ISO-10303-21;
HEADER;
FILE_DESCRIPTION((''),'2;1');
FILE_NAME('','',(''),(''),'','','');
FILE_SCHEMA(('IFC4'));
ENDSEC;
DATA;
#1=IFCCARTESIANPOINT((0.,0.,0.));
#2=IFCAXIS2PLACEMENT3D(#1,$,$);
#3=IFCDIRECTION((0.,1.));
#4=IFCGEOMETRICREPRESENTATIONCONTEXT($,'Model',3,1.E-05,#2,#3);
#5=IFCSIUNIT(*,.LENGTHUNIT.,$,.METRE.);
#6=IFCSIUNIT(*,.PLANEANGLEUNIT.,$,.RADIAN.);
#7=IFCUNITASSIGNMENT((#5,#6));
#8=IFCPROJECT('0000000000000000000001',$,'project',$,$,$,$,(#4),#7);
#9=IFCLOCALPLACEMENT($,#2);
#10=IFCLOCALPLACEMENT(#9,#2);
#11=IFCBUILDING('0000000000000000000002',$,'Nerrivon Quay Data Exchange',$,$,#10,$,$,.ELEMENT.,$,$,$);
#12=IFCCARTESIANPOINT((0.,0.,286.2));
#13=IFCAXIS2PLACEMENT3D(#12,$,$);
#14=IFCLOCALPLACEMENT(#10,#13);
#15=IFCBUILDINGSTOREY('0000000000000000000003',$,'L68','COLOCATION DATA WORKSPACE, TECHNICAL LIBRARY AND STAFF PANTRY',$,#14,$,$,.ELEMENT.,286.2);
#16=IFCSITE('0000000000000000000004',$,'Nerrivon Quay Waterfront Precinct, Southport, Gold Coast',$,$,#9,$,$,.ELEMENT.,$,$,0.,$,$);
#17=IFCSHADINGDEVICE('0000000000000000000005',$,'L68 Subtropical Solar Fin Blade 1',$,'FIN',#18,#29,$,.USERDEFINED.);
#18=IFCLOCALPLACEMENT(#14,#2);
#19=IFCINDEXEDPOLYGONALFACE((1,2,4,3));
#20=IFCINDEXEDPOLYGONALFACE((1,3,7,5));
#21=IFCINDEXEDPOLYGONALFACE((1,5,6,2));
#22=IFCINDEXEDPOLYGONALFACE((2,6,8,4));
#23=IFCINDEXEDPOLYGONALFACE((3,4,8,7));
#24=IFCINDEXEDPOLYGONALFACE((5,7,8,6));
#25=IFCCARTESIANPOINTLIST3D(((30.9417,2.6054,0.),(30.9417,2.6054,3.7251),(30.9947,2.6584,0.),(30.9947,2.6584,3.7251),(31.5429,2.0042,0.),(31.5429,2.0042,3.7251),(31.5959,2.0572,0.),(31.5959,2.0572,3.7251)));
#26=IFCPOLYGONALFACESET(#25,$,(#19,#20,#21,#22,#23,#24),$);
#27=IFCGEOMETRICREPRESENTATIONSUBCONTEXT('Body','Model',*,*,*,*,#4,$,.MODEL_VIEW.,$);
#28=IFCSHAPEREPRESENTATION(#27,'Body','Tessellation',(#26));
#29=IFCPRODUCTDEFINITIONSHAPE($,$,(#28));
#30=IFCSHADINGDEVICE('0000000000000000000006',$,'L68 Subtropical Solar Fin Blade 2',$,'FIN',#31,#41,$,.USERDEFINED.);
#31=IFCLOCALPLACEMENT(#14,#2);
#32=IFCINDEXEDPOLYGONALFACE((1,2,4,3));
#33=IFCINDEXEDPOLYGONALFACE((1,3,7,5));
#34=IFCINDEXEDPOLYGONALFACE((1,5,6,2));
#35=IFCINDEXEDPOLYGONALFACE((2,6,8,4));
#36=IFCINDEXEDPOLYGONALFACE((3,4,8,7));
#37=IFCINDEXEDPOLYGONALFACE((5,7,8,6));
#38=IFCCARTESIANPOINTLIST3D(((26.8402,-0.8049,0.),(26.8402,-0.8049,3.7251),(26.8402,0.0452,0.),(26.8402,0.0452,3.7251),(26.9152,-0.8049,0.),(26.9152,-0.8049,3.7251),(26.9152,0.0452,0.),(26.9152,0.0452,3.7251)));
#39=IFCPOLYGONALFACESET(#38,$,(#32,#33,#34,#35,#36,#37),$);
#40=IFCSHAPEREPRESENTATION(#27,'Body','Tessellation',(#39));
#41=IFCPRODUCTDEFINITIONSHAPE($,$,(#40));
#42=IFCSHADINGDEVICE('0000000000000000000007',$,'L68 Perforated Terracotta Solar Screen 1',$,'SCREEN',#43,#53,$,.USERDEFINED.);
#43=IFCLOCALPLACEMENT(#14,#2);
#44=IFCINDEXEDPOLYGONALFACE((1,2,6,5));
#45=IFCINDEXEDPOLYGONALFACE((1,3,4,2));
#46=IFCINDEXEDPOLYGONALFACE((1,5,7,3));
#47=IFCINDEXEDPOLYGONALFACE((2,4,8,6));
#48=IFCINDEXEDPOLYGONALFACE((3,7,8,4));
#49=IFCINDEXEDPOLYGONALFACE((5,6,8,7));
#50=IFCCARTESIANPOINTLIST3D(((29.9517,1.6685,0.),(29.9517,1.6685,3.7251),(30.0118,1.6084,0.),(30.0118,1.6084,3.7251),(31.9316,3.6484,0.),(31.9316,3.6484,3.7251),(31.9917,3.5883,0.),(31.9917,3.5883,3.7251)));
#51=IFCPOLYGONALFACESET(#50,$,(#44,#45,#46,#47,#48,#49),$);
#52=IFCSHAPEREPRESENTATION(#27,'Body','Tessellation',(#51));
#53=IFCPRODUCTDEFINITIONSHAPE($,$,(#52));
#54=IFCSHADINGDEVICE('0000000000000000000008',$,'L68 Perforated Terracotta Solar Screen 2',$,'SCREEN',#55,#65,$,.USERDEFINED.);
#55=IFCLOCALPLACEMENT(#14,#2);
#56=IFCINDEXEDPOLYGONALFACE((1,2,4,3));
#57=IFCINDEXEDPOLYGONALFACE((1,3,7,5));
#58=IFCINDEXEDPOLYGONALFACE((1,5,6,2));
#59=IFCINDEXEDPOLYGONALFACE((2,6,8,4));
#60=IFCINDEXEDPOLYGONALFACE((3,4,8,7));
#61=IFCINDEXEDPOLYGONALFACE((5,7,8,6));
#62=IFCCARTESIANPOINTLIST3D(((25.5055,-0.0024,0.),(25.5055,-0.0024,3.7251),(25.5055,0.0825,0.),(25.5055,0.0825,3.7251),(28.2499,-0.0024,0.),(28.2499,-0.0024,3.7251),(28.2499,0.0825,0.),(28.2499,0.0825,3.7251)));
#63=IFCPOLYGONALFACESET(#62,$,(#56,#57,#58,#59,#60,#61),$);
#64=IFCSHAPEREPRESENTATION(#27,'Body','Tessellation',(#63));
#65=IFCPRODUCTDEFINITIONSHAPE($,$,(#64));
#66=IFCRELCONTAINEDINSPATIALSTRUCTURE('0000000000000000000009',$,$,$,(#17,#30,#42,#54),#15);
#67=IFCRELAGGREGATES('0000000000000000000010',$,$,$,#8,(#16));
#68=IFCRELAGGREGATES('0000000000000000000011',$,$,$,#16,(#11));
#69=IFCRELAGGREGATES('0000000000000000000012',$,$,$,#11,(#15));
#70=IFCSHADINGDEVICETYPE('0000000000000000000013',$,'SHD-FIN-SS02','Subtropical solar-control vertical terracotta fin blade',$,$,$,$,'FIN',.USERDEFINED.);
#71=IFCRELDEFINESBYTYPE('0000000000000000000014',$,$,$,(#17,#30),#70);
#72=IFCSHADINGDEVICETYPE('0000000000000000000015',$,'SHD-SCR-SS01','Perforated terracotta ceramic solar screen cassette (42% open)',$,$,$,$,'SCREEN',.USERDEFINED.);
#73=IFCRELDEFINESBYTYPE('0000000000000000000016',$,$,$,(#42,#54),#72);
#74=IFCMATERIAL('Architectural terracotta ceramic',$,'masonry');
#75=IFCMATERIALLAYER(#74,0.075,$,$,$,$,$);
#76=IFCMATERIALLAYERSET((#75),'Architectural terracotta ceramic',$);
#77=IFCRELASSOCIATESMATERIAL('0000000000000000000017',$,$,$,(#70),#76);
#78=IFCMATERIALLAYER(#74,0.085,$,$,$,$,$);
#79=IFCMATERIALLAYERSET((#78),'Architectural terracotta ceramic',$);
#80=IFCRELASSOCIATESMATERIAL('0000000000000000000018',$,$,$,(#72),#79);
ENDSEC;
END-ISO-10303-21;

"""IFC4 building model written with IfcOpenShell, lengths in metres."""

from ifc_helpers import new_model, si_unit, direction, frame, origin, origin_2d, place, context, subcontext, project, spatial, rectangle, extrude, material, layer, layer_set, type_object, element, save


model = new_model("IFC4")

# Units and contexts
model_context = context("Model", 3, precision=1e-05, world=origin(), true_north=direction((0.0, 1.0)))
body_context = subcontext(model_context, "Body", "Model", "MODEL_VIEW")
ifc_project = project(units=[si_unit("LENGTHUNIT", "METRE"), si_unit("PLANEANGLEUNIT", "RADIAN")], contexts=[model_context])

# Site, building, storey
site_placement = place(None, origin())
site = spatial("IfcSite", under=ifc_project, at=site_placement, Name="Nerrivon Quay Waterfront Precinct, Southport, Gold Coast", CompositionType="ELEMENT", RefElevation=0.0)
building_placement = place(site_placement, origin())
building = spatial("IfcBuilding", under=site, at=building_placement, Name="Nerrivon Quay Data Exchange", CompositionType="ELEMENT")
storey_placement = place(building_placement, frame((0.0, 0.0, 286.2)))
storey = spatial("IfcBuildingStorey", under=building, at=storey_placement, Name="L68", Description="COLOCATION DATA WORKSPACE, TECHNICAL LIBRARY AND STAFF PANTRY", CompositionType="ELEMENT", Elevation=286.2)

# Shared definitions
ifc_material_1 = material(Name="Architectural terracotta ceramic", Category="masonry")

# Shading devices
ifc_layer_1 = layer(ifc_material_1, 0.075)
ifc_layer_set_1 = layer_set([ifc_layer_1], Name="Architectural terracotta ceramic")
shading_device_type_1 = type_object("IfcShadingDeviceType", Name="SHD-FIN-SS02", Description="Subtropical solar-control vertical terracotta fin blade", ElementType="FIN", PredefinedType="USERDEFINED", material=ifc_layer_set_1)
for number, where, z_axis, x_axis, name in (
    (1, (31.2688, 2.3313, 0.0), (0.0, 0.0, 1.0), (-0.707107, -0.707107, 0.0), "L68 Subtropical Solar Fin Blade 1"),
    (2, (26.8777, -0.3799, 0.0), (0.0, 0.0, 1.0), (-1.0, 0.0, 0.0), "L68 Subtropical Solar Fin Blade 2"),
):
    element("IfcShadingDevice", number, at=place(storey_placement, frame(where, z_axis=z_axis, x_axis=x_axis)), inside=storey, type_object=shading_device_type_1, Name=name, ObjectType="FIN", PredefinedType="USERDEFINED", context=body_context, shape_type="SweptSolid", body=[
        extrude(rectangle(XDim=0.075, YDim=0.8501, at=origin_2d()), origin(), (0.0, 0.0, 1.0), 3.7251),
    ])
ifc_layer_2 = layer(ifc_material_1, 0.085)
ifc_layer_set_2 = layer_set([ifc_layer_2], Name="Architectural terracotta ceramic")
shading_device_type_2 = type_object("IfcShadingDeviceType", Name="SHD-SCR-SS01", Description="Perforated terracotta ceramic solar screen cassette (42% open)", ElementType="SCREEN", PredefinedType="USERDEFINED", material=ifc_layer_set_2)
shading_device_1_placement = place(storey_placement, frame((30.9717, 2.6284, 0.0), z_axis=(0.0, 0.0, 1.0), x_axis=(-0.707107, -0.707107, 0.0)))
element("IfcShadingDevice", 3, at=shading_device_1_placement, inside=storey, type_object=shading_device_type_2, Name="L68 Perforated Terracotta Solar Screen 1", ObjectType="SCREEN", PredefinedType="USERDEFINED", context=body_context, shape_type="SweptSolid", body=[
    extrude(rectangle(XDim=2.8, YDim=0.085, at=origin_2d()), origin(), (0.0, 0.0, 1.0), 3.7251),
])
shading_device_2_placement = place(storey_placement, frame((26.8777, 0.04, 0.0), z_axis=(0.0, 0.0, 1.0), x_axis=(-1.0, 0.0, 0.0)))
element("IfcShadingDevice", 4, at=shading_device_2_placement, inside=storey, type_object=shading_device_type_2, Name="L68 Perforated Terracotta Solar Screen 2", ObjectType="SCREEN", PredefinedType="USERDEFINED", context=body_context, shape_type="SweptSolid", body=[
    extrude(rectangle(XDim=2.7444, YDim=0.085, at=origin_2d()), origin(), (0.0, 0.0, 1.0), 3.7251),
])

save(model, "model.ifc")
